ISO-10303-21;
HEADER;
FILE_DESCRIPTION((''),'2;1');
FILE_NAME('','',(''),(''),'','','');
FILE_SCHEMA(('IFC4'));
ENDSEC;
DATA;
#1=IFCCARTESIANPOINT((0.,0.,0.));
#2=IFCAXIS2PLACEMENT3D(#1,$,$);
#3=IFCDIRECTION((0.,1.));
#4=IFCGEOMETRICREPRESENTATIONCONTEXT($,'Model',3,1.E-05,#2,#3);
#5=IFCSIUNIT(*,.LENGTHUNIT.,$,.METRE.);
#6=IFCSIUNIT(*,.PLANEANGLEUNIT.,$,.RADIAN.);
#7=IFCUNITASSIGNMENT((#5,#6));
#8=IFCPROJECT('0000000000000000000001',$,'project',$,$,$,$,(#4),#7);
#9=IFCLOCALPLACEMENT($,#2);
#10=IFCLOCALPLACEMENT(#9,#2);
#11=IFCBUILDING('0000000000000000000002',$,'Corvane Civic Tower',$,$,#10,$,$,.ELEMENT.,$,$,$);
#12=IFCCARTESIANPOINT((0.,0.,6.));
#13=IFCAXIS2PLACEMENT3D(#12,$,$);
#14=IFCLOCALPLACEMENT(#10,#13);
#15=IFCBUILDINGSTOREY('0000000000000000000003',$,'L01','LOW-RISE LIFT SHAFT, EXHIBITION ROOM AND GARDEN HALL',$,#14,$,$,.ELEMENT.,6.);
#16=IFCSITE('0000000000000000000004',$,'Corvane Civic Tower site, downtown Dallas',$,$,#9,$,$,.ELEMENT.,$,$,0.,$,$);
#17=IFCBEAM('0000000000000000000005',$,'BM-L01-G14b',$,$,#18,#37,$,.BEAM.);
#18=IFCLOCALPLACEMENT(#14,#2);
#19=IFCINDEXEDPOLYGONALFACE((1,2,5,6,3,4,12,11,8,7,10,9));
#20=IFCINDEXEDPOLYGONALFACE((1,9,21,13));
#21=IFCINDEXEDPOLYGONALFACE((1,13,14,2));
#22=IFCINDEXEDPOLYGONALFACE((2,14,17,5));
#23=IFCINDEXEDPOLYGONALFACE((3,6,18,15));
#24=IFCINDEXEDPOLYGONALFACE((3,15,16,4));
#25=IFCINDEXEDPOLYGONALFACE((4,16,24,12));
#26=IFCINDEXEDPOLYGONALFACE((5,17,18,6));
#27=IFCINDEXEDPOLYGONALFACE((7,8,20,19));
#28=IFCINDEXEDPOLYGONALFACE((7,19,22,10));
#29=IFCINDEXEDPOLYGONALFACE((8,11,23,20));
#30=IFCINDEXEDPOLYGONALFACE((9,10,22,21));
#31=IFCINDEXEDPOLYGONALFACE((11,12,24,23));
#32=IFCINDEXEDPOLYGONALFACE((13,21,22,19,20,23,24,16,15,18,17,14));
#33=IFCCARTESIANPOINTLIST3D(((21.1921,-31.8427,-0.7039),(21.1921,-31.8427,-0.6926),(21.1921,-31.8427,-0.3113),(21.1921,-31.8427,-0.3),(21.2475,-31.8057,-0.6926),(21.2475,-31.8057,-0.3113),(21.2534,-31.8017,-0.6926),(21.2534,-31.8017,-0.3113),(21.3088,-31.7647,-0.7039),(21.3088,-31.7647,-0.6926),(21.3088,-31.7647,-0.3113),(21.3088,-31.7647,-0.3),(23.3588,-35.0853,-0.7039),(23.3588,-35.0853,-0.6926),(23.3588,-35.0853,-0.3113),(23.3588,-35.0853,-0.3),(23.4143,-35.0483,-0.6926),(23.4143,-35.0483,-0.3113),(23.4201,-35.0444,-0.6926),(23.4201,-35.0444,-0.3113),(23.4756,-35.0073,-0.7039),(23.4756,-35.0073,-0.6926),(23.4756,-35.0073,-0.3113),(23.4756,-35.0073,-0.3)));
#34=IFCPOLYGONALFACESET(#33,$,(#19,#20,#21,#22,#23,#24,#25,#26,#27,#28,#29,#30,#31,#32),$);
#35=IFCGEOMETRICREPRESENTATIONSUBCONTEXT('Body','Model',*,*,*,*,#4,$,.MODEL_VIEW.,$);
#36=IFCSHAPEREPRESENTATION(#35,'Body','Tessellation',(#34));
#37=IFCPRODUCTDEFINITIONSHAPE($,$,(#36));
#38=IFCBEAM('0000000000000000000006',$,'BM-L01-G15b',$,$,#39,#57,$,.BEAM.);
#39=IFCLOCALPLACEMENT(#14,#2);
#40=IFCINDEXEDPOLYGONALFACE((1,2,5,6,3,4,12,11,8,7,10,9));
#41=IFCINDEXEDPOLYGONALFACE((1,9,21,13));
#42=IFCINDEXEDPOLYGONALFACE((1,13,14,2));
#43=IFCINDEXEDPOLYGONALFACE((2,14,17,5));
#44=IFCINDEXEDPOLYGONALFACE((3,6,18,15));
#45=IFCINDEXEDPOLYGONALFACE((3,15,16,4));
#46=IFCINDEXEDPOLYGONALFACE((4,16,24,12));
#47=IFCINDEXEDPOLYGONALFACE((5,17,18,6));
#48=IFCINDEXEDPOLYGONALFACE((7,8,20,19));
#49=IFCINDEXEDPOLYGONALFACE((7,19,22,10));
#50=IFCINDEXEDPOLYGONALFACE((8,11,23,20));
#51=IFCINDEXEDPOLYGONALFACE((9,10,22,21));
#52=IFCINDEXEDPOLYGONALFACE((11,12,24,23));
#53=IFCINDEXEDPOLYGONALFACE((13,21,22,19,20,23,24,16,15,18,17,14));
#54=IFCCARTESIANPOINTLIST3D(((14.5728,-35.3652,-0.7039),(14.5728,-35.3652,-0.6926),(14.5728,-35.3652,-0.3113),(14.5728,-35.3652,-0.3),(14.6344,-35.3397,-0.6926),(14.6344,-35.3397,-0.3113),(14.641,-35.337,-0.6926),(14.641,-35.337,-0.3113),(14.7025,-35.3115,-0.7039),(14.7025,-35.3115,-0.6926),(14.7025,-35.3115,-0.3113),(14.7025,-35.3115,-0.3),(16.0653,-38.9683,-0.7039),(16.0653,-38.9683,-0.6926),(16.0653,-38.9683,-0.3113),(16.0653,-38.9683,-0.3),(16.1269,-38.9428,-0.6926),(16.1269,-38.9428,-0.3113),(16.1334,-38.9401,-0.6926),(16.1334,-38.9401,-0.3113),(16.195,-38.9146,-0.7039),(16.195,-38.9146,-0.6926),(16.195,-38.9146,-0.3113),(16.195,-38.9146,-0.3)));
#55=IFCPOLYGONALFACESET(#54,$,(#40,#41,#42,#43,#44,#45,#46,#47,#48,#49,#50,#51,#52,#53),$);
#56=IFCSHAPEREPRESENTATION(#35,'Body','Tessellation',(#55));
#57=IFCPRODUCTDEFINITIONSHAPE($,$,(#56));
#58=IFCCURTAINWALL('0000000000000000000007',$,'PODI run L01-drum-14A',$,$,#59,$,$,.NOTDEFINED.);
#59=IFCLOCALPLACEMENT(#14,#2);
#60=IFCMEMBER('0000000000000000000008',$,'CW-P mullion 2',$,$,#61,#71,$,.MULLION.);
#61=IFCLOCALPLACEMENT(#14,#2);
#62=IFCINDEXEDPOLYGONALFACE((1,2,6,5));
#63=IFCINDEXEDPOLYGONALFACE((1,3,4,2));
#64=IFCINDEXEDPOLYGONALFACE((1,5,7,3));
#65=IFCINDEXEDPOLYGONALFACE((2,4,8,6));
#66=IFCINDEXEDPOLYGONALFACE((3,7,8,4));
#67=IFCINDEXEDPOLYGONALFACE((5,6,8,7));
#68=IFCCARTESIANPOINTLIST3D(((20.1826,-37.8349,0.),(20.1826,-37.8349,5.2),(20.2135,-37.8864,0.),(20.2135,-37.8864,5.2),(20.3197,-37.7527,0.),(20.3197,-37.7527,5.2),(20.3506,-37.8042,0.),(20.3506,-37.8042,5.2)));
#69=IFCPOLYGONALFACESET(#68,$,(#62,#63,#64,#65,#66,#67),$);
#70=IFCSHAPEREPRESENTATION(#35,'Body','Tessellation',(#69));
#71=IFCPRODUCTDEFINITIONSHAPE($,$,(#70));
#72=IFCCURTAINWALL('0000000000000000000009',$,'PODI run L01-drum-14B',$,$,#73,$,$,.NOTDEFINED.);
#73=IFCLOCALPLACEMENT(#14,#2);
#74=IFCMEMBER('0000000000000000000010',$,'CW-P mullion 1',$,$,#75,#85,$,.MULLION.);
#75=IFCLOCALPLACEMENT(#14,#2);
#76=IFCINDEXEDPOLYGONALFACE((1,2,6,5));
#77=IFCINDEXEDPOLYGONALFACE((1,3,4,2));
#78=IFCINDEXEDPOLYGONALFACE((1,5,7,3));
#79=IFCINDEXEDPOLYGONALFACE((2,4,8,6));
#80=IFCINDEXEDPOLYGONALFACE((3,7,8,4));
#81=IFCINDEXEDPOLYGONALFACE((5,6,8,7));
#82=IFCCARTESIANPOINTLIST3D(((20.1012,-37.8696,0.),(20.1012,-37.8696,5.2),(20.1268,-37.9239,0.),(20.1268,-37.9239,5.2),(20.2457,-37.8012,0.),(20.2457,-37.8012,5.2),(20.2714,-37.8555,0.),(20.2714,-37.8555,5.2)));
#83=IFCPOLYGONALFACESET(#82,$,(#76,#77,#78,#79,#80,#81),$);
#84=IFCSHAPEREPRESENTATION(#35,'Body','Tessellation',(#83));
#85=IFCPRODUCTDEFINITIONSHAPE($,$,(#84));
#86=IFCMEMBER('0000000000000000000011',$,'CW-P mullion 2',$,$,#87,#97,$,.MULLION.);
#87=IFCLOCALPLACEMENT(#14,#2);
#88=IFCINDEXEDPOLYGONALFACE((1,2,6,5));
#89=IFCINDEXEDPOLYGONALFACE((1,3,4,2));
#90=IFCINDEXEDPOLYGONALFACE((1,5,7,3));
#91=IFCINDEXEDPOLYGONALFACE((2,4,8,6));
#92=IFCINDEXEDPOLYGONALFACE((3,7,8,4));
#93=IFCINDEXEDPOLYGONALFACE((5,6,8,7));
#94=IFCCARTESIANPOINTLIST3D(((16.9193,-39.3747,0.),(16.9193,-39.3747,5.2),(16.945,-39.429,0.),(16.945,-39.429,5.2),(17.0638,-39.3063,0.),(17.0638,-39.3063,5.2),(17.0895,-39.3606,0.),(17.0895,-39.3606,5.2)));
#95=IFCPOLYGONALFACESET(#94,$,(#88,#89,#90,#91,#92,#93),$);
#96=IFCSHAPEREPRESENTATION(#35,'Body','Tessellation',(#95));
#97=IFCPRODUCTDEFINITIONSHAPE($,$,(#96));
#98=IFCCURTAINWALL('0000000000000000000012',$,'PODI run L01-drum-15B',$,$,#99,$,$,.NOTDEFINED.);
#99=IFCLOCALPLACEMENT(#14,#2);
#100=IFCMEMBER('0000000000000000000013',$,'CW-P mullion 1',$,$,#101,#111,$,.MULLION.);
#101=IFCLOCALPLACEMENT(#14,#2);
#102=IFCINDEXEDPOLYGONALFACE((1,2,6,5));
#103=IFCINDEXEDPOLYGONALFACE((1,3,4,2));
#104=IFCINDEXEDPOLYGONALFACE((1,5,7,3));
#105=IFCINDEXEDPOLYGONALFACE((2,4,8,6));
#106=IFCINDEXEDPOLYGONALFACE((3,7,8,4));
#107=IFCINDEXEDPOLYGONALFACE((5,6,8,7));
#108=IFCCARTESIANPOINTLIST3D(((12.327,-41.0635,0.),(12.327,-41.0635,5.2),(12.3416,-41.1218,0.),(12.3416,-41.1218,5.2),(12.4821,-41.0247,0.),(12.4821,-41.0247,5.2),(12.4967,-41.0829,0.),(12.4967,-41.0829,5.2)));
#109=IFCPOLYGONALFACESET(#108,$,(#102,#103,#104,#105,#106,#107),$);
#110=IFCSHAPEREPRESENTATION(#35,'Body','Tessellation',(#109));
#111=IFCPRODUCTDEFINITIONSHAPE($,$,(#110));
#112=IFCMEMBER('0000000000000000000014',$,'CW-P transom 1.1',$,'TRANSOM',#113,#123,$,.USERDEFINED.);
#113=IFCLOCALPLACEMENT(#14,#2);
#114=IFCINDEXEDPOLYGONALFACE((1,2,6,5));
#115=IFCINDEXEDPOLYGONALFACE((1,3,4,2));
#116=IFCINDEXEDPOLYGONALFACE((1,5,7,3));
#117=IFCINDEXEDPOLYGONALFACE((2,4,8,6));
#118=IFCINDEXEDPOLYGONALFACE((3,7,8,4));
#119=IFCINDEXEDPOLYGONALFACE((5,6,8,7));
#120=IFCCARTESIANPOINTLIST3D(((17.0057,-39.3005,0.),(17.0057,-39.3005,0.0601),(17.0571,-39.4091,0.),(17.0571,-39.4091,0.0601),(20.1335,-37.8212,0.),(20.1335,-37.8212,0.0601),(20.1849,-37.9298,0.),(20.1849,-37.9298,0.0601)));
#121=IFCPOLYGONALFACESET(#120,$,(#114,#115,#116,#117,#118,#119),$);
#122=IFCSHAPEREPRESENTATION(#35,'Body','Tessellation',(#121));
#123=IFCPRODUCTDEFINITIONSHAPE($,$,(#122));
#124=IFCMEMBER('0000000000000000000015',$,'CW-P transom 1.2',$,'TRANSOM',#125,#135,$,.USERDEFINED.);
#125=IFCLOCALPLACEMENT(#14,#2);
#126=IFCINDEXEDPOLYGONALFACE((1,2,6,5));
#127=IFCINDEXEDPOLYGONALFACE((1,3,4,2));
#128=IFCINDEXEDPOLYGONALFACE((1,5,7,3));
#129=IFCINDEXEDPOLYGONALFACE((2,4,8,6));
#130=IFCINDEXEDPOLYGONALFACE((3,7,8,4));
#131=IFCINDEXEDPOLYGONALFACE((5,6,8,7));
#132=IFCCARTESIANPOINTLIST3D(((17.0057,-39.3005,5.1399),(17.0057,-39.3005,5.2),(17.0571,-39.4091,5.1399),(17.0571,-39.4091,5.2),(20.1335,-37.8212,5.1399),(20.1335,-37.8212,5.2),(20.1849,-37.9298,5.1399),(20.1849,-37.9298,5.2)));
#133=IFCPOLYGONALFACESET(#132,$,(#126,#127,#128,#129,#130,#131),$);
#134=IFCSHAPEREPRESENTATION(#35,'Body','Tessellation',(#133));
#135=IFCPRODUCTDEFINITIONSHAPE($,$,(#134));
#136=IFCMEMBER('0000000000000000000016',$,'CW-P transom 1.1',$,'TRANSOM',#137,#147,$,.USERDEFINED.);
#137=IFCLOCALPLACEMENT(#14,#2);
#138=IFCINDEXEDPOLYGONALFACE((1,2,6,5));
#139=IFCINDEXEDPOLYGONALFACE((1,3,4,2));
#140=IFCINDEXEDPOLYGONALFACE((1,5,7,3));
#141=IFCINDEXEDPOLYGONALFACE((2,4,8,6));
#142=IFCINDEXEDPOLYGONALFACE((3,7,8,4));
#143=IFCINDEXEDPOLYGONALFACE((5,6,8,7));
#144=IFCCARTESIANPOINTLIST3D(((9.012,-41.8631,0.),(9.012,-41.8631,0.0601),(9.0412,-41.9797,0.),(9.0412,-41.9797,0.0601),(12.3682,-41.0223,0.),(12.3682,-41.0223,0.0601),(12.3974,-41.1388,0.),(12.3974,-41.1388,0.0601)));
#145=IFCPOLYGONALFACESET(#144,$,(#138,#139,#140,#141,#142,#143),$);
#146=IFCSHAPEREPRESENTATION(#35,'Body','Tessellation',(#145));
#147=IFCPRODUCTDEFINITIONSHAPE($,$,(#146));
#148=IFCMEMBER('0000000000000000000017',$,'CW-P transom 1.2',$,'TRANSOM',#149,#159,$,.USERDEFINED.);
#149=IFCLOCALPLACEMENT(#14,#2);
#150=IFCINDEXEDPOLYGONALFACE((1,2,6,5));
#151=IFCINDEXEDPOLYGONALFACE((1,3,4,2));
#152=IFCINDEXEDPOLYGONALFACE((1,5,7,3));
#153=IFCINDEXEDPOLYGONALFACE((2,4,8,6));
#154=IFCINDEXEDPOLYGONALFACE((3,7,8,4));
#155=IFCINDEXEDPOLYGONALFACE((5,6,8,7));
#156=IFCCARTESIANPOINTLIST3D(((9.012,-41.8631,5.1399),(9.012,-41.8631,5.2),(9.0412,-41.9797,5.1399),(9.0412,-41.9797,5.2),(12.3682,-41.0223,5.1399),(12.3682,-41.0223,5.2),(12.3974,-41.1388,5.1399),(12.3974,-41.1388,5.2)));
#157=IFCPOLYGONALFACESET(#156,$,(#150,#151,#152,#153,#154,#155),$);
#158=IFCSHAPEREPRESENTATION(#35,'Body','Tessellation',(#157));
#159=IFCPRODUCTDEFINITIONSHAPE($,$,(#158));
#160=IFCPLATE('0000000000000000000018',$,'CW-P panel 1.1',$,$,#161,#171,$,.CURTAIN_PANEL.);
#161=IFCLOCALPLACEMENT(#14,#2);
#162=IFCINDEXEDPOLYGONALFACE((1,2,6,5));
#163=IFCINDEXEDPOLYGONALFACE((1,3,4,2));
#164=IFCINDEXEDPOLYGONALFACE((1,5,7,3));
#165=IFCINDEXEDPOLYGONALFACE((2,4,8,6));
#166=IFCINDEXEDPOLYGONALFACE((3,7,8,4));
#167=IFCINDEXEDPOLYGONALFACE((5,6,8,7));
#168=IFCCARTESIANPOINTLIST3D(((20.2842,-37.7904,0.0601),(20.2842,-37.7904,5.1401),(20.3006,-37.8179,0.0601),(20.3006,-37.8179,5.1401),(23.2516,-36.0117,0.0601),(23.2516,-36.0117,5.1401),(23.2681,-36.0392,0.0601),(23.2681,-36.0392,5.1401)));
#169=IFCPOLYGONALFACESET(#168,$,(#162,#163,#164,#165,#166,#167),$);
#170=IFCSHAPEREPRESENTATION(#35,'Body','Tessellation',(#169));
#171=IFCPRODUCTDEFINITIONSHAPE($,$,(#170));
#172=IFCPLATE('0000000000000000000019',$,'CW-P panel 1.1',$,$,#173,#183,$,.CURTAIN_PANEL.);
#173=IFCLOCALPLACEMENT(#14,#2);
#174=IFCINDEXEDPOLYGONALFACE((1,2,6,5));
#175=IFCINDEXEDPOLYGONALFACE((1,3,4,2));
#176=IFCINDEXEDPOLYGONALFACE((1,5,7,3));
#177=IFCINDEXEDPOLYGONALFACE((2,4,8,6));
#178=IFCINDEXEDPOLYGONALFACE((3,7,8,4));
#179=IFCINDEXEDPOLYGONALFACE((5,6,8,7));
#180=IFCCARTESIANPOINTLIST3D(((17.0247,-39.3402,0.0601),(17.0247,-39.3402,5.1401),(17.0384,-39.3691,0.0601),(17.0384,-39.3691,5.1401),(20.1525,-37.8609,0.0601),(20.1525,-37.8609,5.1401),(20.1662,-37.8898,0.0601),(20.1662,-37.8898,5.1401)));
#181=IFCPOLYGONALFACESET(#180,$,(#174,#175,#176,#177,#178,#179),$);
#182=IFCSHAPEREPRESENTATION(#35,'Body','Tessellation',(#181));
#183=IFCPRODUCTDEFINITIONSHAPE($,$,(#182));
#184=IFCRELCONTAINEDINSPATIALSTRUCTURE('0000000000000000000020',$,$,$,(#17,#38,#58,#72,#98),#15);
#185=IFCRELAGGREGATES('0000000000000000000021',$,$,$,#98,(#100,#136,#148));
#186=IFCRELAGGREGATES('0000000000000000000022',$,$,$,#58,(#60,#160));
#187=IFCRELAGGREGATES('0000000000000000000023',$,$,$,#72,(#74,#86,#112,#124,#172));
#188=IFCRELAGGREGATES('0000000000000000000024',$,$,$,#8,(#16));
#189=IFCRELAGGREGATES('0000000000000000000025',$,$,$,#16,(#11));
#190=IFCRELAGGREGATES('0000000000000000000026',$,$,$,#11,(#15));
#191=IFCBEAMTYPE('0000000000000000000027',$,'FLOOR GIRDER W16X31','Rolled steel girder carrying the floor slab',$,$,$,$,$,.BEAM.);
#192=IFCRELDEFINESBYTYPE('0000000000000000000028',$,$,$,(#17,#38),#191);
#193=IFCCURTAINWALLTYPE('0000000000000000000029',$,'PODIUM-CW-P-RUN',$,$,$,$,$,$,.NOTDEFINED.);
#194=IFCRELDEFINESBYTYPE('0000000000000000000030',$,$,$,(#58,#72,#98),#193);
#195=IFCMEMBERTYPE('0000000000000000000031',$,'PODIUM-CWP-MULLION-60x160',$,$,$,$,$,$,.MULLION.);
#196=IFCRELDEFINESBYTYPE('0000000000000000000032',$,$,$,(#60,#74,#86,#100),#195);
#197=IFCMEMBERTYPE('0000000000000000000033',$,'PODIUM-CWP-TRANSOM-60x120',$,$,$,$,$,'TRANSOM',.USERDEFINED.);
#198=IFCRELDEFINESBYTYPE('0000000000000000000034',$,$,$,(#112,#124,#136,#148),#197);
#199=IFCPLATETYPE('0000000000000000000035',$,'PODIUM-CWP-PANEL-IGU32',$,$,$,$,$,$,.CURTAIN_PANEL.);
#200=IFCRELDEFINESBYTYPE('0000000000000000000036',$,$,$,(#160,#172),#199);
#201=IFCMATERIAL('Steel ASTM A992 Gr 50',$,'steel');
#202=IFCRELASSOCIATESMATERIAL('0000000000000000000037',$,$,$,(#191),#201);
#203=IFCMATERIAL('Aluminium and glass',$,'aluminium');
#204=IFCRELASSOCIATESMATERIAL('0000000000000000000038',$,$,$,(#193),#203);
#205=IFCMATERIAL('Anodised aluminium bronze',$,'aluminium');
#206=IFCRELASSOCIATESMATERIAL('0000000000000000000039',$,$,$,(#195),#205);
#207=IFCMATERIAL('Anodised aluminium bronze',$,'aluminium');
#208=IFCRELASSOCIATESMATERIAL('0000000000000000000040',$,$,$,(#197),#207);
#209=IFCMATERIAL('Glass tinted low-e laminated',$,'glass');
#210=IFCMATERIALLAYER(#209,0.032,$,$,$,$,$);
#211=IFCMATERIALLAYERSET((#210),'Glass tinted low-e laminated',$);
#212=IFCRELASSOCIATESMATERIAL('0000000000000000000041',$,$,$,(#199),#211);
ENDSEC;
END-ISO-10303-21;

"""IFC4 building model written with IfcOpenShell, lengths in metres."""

from ifc_helpers import new_model, si_unit, direction, frame, origin, origin_2d, place, context, subcontext, project, spatial, rectangle, i_section, extrude, material, layer, layer_set, material_profile, profile_set, type_object, element, aggregate, save


model = new_model("IFC4")

# Units and contexts
model_context = context("Model", 3, precision=1e-05, world=origin(), true_north=direction((0.0, 1.0)))
body_context = subcontext(model_context, "Body", "Model", "MODEL_VIEW")
ifc_project = project(units=[si_unit("LENGTHUNIT", "METRE"), si_unit("PLANEANGLEUNIT", "RADIAN")], contexts=[model_context])

# Site, building, storey
site_placement = place(None, origin())
site = spatial("IfcSite", under=ifc_project, at=site_placement, Name="Corvane Civic Tower site, downtown Dallas", CompositionType="ELEMENT", RefElevation=0.0)
building_placement = place(site_placement, origin())
building = spatial("IfcBuilding", under=site, at=building_placement, Name="Corvane Civic Tower", CompositionType="ELEMENT")
storey_placement = place(building_placement, frame((0.0, 0.0, 6.0)))
storey = spatial("IfcBuildingStorey", under=building, at=storey_placement, Name="L01", Description="LOW-RISE LIFT SHAFT, EXHIBITION ROOM AND GARDEN HALL", CompositionType="ELEMENT", Elevation=6.0)

# Beams
ifc_material_1 = material(Name="Steel ASTM A992 Gr 50", Category="steel")
ifc_material_profile_1 = material_profile(ifc_material_1, i_section(OverallWidth=0.1404, OverallDepth=0.4038, WebThickness=0.0071, FlangeThickness=0.0112, at=origin_2d()), Name="W16X31")
ifc_profile_set_1 = profile_set([ifc_material_profile_1], Name="Steel ASTM A992 Gr 50")
beam_type_1 = type_object("IfcBeamType", Name="FLOOR GIRDER W16X31", Description="Rolled steel girder carrying the floor slab", PredefinedType="BEAM", material=ifc_profile_set_1)
for number, where, z_axis, x_axis, name in (
    (1, (21.2505, -31.8037, -0.502), (0.555581, -0.831462, 0.0), (0.831462, 0.555581, 0.0), "BM-L01-G14b"),
    (2, (14.6377, -35.3384, -0.502), (0.382685, -0.923879, 0.0), (0.923879, 0.382685, 0.0), "BM-L01-G15b"),
):
    element("IfcBeam", number, at=place(storey_placement, frame(where, z_axis=z_axis, x_axis=x_axis)), inside=storey, type_object=beam_type_1, Name=name, PredefinedType="BEAM", context=body_context, shape_type="SweptSolid", body=[
        extrude(i_section(OverallWidth=0.1404, OverallDepth=0.4038, WebThickness=0.0071, FlangeThickness=0.0112, at=origin_2d()), origin(), (0.0, 0.0, 1.0), 3.8999),
    ])

# Curtain wall, member
ifc_material_2 = material(Name="Aluminium and glass", Category="aluminium")
curtain_wall_type = type_object("IfcCurtainWallType", Name="PODIUM-CW-P-RUN", PredefinedType="NOTDEFINED", material=ifc_material_2)
curtain_wall_1_placement = place(storey_placement, origin())
curtain_wall_1 = element("IfcCurtainWall", 3, at=curtain_wall_1_placement, inside=storey, type_object=curtain_wall_type, Name="PODI run L01-drum-14A", PredefinedType="NOTDEFINED")
ifc_material_3 = material(Name="Anodised aluminium bronze", Category="aluminium")
ifc_material_profile_2 = material_profile(ifc_material_3, rectangle(XDim=0.0601, YDim=0.1599, at=origin_2d()), Name="AL 60x160")
ifc_profile_set_2 = profile_set([ifc_material_profile_2], Name="Anodised aluminium bronze")
member_type_1 = type_object("IfcMemberType", Name="PODIUM-CWP-MULLION-60x160", PredefinedType="MULLION", material=ifc_profile_set_2)
member_1_placement = place(storey_placement, frame((20.2666, -37.8196, 0.0), z_axis=(0.0, 0.0, 1.0), x_axis=(0.514118, -0.85772, 0.0)))
member_1 = element("IfcMember", 4, at=member_1_placement, type_object=member_type_1, Name="CW-P mullion 2", PredefinedType="MULLION", context=body_context, shape_type="SweptSolid", body=[
    extrude(rectangle(XDim=0.0601, YDim=0.1599, at=origin_2d()), origin(), (0.0, 0.0, 1.0), 5.2),
])

# Curtain wall, members
curtain_wall_2_placement = place(storey_placement, origin())
curtain_wall_2 = element("IfcCurtainWall", 5, at=curtain_wall_2_placement, inside=storey, type_object=curtain_wall_type, Name="PODI run L01-drum-14B", PredefinedType="NOTDEFINED")
member_2_placement = place(storey_placement, frame((20.1863, -37.8625, 0.0), z_axis=(0.0, 0.0, 1.0), x_axis=(0.427553, -0.90399, 0.0)))
member_2 = element("IfcMember", 6, at=member_2_placement, type_object=member_type_1, Name="CW-P mullion 1", PredefinedType="MULLION", context=body_context, shape_type="SweptSolid", body=[
    extrude(rectangle(XDim=0.0601, YDim=0.1599, at=origin_2d()), origin(), (0.0, 0.0, 1.0), 5.2),
])
member_3_placement = place(storey_placement, frame((17.0044, -39.3677, 0.0), z_axis=(0.0, 0.0, 1.0), x_axis=(0.427553, -0.90399, 0.0)))
member_3 = element("IfcMember", 7, at=member_3_placement, type_object=member_type_1, Name="CW-P mullion 2", PredefinedType="MULLION", context=body_context, shape_type="SweptSolid", body=[
    extrude(rectangle(XDim=0.0601, YDim=0.1599, at=origin_2d()), origin(), (0.0, 0.0, 1.0), 5.2),
])

# Curtain wall, member
curtain_wall_3_placement = place(storey_placement, origin())
curtain_wall_3 = element("IfcCurtainWall", 8, at=curtain_wall_3_placement, inside=storey, type_object=curtain_wall_type, Name="PODI run L01-drum-15B", PredefinedType="NOTDEFINED")
member_4_placement = place(storey_placement, frame((12.4119, -41.0732, 0.0), z_axis=(0.0, 0.0, 1.0), x_axis=(0.243009, -0.970024, 0.0)))
member_4 = element("IfcMember", 9, at=member_4_placement, type_object=member_type_1, Name="CW-P mullion 1", PredefinedType="MULLION", context=body_context, shape_type="SweptSolid", body=[
    extrude(rectangle(XDim=0.0601, YDim=0.1599, at=origin_2d()), origin(), (0.0, 0.0, 1.0), 5.2),
])

# Members
ifc_material_4 = material(Name="Anodised aluminium bronze", Category="aluminium")
ifc_material_profile_3 = material_profile(ifc_material_4, rectangle(XDim=0.1201, YDim=0.0601, at=origin_2d()), Name="AL 120x60")
ifc_profile_set_3 = profile_set([ifc_material_profile_3], Name="Anodised aluminium bronze")
member_type_2 = type_object("IfcMemberType", Name="PODIUM-CWP-TRANSOM-60x120", ElementType="TRANSOM", PredefinedType="USERDEFINED", material=ifc_profile_set_3)
member_5_placement = place(storey_placement, frame((20.1592, -37.8755, 0.03), z_axis=(-0.903993, -0.427546, 0.0), x_axis=(0.427546, -0.903993, 0.0)))
member_5 = element("IfcMember", 10, at=member_5_placement, type_object=member_type_2, Name="CW-P transom 1.1", ObjectType="TRANSOM", PredefinedType="USERDEFINED", context=body_context, shape_type="SweptSolid", body=[
    extrude(rectangle(XDim=0.1201, YDim=0.0601, at=origin_2d()), origin(), (0.0, 0.0, 1.0), 3.46),
])
member_6_placement = place(storey_placement, frame((20.1592, -37.8755, 5.1699), z_axis=(-0.903993, -0.427546, 0.0), x_axis=(0.427546, -0.903993, 0.0)))
member_6 = element("IfcMember", 11, at=member_6_placement, type_object=member_type_2, Name="CW-P transom 1.2", ObjectType="TRANSOM", PredefinedType="USERDEFINED", context=body_context, shape_type="SweptSolid", body=[
    extrude(rectangle(XDim=0.1201, YDim=0.0601, at=origin_2d()), origin(), (0.0, 0.0, 1.0), 3.46),
])
member_7_placement = place(storey_placement, frame((12.3828, -41.0806, 0.03), z_axis=(-0.970022, -0.243017, 0.0), x_axis=(0.243017, -0.970022, 0.0)))
member_7 = element("IfcMember", 12, at=member_7_placement, type_object=member_type_2, Name="CW-P transom 1.1", ObjectType="TRANSOM", PredefinedType="USERDEFINED", context=body_context, shape_type="SweptSolid", body=[
    extrude(rectangle(XDim=0.1201, YDim=0.0601, at=origin_2d()), origin(), (0.0, 0.0, 1.0), 3.46),
])
member_8_placement = place(storey_placement, frame((12.3828, -41.0806, 5.1699), z_axis=(-0.970022, -0.243017, 0.0), x_axis=(0.243017, -0.970022, 0.0)))
member_8 = element("IfcMember", 13, at=member_8_placement, type_object=member_type_2, Name="CW-P transom 1.2", ObjectType="TRANSOM", PredefinedType="USERDEFINED", context=body_context, shape_type="SweptSolid", body=[
    extrude(rectangle(XDim=0.1201, YDim=0.0601, at=origin_2d()), origin(), (0.0, 0.0, 1.0), 3.46),
])
aggregate(curtain_wall_3, [member_4, member_7, member_8])

# Plates
ifc_material_5 = material(Name="Glass tinted low-e laminated", Category="glass")
ifc_layer_1 = layer(ifc_material_5, 0.032)
ifc_layer_set_1 = layer_set([ifc_layer_1], Name="Glass tinted low-e laminated")
plate_type = type_object("IfcPlateType", Name="PODIUM-CWP-PANEL-IGU32", PredefinedType="CURTAIN_PANEL", material=ifc_layer_set_1)
plate_1_placement = place(storey_placement, frame((21.7761, -36.9148, 0.0601), z_axis=(0.0, 0.0, 1.0), x_axis=(-0.85772, -0.514118, 0.0)))
plate_1 = element("IfcPlate", 14, at=plate_1_placement, type_object=plate_type, Name="CW-P panel 1.1", PredefinedType="CURTAIN_PANEL", context=body_context, shape_type="SweptSolid", body=[
    extrude(rectangle(XDim=3.4597, YDim=0.032, at=origin_2d()), origin(), (0.0, 0.0, 1.0), 5.0801),
])
aggregate(curtain_wall_1, [member_1, plate_1])
plate_2_placement = place(storey_placement, frame((18.5955, -38.615, 0.0601), z_axis=(0.0, 0.0, 1.0), x_axis=(-0.90399, -0.427553, 0.0)))
plate_2 = element("IfcPlate", 15, at=plate_2_placement, type_object=plate_type, Name="CW-P panel 1.1", PredefinedType="CURTAIN_PANEL", context=body_context, shape_type="SweptSolid", body=[
    extrude(rectangle(XDim=3.46, YDim=0.032, at=origin_2d()), origin(), (0.0, 0.0, 1.0), 5.0801),
])
aggregate(curtain_wall_2, [member_2, member_3, member_5, member_6, plate_2])

save(model, "model.ifc")
